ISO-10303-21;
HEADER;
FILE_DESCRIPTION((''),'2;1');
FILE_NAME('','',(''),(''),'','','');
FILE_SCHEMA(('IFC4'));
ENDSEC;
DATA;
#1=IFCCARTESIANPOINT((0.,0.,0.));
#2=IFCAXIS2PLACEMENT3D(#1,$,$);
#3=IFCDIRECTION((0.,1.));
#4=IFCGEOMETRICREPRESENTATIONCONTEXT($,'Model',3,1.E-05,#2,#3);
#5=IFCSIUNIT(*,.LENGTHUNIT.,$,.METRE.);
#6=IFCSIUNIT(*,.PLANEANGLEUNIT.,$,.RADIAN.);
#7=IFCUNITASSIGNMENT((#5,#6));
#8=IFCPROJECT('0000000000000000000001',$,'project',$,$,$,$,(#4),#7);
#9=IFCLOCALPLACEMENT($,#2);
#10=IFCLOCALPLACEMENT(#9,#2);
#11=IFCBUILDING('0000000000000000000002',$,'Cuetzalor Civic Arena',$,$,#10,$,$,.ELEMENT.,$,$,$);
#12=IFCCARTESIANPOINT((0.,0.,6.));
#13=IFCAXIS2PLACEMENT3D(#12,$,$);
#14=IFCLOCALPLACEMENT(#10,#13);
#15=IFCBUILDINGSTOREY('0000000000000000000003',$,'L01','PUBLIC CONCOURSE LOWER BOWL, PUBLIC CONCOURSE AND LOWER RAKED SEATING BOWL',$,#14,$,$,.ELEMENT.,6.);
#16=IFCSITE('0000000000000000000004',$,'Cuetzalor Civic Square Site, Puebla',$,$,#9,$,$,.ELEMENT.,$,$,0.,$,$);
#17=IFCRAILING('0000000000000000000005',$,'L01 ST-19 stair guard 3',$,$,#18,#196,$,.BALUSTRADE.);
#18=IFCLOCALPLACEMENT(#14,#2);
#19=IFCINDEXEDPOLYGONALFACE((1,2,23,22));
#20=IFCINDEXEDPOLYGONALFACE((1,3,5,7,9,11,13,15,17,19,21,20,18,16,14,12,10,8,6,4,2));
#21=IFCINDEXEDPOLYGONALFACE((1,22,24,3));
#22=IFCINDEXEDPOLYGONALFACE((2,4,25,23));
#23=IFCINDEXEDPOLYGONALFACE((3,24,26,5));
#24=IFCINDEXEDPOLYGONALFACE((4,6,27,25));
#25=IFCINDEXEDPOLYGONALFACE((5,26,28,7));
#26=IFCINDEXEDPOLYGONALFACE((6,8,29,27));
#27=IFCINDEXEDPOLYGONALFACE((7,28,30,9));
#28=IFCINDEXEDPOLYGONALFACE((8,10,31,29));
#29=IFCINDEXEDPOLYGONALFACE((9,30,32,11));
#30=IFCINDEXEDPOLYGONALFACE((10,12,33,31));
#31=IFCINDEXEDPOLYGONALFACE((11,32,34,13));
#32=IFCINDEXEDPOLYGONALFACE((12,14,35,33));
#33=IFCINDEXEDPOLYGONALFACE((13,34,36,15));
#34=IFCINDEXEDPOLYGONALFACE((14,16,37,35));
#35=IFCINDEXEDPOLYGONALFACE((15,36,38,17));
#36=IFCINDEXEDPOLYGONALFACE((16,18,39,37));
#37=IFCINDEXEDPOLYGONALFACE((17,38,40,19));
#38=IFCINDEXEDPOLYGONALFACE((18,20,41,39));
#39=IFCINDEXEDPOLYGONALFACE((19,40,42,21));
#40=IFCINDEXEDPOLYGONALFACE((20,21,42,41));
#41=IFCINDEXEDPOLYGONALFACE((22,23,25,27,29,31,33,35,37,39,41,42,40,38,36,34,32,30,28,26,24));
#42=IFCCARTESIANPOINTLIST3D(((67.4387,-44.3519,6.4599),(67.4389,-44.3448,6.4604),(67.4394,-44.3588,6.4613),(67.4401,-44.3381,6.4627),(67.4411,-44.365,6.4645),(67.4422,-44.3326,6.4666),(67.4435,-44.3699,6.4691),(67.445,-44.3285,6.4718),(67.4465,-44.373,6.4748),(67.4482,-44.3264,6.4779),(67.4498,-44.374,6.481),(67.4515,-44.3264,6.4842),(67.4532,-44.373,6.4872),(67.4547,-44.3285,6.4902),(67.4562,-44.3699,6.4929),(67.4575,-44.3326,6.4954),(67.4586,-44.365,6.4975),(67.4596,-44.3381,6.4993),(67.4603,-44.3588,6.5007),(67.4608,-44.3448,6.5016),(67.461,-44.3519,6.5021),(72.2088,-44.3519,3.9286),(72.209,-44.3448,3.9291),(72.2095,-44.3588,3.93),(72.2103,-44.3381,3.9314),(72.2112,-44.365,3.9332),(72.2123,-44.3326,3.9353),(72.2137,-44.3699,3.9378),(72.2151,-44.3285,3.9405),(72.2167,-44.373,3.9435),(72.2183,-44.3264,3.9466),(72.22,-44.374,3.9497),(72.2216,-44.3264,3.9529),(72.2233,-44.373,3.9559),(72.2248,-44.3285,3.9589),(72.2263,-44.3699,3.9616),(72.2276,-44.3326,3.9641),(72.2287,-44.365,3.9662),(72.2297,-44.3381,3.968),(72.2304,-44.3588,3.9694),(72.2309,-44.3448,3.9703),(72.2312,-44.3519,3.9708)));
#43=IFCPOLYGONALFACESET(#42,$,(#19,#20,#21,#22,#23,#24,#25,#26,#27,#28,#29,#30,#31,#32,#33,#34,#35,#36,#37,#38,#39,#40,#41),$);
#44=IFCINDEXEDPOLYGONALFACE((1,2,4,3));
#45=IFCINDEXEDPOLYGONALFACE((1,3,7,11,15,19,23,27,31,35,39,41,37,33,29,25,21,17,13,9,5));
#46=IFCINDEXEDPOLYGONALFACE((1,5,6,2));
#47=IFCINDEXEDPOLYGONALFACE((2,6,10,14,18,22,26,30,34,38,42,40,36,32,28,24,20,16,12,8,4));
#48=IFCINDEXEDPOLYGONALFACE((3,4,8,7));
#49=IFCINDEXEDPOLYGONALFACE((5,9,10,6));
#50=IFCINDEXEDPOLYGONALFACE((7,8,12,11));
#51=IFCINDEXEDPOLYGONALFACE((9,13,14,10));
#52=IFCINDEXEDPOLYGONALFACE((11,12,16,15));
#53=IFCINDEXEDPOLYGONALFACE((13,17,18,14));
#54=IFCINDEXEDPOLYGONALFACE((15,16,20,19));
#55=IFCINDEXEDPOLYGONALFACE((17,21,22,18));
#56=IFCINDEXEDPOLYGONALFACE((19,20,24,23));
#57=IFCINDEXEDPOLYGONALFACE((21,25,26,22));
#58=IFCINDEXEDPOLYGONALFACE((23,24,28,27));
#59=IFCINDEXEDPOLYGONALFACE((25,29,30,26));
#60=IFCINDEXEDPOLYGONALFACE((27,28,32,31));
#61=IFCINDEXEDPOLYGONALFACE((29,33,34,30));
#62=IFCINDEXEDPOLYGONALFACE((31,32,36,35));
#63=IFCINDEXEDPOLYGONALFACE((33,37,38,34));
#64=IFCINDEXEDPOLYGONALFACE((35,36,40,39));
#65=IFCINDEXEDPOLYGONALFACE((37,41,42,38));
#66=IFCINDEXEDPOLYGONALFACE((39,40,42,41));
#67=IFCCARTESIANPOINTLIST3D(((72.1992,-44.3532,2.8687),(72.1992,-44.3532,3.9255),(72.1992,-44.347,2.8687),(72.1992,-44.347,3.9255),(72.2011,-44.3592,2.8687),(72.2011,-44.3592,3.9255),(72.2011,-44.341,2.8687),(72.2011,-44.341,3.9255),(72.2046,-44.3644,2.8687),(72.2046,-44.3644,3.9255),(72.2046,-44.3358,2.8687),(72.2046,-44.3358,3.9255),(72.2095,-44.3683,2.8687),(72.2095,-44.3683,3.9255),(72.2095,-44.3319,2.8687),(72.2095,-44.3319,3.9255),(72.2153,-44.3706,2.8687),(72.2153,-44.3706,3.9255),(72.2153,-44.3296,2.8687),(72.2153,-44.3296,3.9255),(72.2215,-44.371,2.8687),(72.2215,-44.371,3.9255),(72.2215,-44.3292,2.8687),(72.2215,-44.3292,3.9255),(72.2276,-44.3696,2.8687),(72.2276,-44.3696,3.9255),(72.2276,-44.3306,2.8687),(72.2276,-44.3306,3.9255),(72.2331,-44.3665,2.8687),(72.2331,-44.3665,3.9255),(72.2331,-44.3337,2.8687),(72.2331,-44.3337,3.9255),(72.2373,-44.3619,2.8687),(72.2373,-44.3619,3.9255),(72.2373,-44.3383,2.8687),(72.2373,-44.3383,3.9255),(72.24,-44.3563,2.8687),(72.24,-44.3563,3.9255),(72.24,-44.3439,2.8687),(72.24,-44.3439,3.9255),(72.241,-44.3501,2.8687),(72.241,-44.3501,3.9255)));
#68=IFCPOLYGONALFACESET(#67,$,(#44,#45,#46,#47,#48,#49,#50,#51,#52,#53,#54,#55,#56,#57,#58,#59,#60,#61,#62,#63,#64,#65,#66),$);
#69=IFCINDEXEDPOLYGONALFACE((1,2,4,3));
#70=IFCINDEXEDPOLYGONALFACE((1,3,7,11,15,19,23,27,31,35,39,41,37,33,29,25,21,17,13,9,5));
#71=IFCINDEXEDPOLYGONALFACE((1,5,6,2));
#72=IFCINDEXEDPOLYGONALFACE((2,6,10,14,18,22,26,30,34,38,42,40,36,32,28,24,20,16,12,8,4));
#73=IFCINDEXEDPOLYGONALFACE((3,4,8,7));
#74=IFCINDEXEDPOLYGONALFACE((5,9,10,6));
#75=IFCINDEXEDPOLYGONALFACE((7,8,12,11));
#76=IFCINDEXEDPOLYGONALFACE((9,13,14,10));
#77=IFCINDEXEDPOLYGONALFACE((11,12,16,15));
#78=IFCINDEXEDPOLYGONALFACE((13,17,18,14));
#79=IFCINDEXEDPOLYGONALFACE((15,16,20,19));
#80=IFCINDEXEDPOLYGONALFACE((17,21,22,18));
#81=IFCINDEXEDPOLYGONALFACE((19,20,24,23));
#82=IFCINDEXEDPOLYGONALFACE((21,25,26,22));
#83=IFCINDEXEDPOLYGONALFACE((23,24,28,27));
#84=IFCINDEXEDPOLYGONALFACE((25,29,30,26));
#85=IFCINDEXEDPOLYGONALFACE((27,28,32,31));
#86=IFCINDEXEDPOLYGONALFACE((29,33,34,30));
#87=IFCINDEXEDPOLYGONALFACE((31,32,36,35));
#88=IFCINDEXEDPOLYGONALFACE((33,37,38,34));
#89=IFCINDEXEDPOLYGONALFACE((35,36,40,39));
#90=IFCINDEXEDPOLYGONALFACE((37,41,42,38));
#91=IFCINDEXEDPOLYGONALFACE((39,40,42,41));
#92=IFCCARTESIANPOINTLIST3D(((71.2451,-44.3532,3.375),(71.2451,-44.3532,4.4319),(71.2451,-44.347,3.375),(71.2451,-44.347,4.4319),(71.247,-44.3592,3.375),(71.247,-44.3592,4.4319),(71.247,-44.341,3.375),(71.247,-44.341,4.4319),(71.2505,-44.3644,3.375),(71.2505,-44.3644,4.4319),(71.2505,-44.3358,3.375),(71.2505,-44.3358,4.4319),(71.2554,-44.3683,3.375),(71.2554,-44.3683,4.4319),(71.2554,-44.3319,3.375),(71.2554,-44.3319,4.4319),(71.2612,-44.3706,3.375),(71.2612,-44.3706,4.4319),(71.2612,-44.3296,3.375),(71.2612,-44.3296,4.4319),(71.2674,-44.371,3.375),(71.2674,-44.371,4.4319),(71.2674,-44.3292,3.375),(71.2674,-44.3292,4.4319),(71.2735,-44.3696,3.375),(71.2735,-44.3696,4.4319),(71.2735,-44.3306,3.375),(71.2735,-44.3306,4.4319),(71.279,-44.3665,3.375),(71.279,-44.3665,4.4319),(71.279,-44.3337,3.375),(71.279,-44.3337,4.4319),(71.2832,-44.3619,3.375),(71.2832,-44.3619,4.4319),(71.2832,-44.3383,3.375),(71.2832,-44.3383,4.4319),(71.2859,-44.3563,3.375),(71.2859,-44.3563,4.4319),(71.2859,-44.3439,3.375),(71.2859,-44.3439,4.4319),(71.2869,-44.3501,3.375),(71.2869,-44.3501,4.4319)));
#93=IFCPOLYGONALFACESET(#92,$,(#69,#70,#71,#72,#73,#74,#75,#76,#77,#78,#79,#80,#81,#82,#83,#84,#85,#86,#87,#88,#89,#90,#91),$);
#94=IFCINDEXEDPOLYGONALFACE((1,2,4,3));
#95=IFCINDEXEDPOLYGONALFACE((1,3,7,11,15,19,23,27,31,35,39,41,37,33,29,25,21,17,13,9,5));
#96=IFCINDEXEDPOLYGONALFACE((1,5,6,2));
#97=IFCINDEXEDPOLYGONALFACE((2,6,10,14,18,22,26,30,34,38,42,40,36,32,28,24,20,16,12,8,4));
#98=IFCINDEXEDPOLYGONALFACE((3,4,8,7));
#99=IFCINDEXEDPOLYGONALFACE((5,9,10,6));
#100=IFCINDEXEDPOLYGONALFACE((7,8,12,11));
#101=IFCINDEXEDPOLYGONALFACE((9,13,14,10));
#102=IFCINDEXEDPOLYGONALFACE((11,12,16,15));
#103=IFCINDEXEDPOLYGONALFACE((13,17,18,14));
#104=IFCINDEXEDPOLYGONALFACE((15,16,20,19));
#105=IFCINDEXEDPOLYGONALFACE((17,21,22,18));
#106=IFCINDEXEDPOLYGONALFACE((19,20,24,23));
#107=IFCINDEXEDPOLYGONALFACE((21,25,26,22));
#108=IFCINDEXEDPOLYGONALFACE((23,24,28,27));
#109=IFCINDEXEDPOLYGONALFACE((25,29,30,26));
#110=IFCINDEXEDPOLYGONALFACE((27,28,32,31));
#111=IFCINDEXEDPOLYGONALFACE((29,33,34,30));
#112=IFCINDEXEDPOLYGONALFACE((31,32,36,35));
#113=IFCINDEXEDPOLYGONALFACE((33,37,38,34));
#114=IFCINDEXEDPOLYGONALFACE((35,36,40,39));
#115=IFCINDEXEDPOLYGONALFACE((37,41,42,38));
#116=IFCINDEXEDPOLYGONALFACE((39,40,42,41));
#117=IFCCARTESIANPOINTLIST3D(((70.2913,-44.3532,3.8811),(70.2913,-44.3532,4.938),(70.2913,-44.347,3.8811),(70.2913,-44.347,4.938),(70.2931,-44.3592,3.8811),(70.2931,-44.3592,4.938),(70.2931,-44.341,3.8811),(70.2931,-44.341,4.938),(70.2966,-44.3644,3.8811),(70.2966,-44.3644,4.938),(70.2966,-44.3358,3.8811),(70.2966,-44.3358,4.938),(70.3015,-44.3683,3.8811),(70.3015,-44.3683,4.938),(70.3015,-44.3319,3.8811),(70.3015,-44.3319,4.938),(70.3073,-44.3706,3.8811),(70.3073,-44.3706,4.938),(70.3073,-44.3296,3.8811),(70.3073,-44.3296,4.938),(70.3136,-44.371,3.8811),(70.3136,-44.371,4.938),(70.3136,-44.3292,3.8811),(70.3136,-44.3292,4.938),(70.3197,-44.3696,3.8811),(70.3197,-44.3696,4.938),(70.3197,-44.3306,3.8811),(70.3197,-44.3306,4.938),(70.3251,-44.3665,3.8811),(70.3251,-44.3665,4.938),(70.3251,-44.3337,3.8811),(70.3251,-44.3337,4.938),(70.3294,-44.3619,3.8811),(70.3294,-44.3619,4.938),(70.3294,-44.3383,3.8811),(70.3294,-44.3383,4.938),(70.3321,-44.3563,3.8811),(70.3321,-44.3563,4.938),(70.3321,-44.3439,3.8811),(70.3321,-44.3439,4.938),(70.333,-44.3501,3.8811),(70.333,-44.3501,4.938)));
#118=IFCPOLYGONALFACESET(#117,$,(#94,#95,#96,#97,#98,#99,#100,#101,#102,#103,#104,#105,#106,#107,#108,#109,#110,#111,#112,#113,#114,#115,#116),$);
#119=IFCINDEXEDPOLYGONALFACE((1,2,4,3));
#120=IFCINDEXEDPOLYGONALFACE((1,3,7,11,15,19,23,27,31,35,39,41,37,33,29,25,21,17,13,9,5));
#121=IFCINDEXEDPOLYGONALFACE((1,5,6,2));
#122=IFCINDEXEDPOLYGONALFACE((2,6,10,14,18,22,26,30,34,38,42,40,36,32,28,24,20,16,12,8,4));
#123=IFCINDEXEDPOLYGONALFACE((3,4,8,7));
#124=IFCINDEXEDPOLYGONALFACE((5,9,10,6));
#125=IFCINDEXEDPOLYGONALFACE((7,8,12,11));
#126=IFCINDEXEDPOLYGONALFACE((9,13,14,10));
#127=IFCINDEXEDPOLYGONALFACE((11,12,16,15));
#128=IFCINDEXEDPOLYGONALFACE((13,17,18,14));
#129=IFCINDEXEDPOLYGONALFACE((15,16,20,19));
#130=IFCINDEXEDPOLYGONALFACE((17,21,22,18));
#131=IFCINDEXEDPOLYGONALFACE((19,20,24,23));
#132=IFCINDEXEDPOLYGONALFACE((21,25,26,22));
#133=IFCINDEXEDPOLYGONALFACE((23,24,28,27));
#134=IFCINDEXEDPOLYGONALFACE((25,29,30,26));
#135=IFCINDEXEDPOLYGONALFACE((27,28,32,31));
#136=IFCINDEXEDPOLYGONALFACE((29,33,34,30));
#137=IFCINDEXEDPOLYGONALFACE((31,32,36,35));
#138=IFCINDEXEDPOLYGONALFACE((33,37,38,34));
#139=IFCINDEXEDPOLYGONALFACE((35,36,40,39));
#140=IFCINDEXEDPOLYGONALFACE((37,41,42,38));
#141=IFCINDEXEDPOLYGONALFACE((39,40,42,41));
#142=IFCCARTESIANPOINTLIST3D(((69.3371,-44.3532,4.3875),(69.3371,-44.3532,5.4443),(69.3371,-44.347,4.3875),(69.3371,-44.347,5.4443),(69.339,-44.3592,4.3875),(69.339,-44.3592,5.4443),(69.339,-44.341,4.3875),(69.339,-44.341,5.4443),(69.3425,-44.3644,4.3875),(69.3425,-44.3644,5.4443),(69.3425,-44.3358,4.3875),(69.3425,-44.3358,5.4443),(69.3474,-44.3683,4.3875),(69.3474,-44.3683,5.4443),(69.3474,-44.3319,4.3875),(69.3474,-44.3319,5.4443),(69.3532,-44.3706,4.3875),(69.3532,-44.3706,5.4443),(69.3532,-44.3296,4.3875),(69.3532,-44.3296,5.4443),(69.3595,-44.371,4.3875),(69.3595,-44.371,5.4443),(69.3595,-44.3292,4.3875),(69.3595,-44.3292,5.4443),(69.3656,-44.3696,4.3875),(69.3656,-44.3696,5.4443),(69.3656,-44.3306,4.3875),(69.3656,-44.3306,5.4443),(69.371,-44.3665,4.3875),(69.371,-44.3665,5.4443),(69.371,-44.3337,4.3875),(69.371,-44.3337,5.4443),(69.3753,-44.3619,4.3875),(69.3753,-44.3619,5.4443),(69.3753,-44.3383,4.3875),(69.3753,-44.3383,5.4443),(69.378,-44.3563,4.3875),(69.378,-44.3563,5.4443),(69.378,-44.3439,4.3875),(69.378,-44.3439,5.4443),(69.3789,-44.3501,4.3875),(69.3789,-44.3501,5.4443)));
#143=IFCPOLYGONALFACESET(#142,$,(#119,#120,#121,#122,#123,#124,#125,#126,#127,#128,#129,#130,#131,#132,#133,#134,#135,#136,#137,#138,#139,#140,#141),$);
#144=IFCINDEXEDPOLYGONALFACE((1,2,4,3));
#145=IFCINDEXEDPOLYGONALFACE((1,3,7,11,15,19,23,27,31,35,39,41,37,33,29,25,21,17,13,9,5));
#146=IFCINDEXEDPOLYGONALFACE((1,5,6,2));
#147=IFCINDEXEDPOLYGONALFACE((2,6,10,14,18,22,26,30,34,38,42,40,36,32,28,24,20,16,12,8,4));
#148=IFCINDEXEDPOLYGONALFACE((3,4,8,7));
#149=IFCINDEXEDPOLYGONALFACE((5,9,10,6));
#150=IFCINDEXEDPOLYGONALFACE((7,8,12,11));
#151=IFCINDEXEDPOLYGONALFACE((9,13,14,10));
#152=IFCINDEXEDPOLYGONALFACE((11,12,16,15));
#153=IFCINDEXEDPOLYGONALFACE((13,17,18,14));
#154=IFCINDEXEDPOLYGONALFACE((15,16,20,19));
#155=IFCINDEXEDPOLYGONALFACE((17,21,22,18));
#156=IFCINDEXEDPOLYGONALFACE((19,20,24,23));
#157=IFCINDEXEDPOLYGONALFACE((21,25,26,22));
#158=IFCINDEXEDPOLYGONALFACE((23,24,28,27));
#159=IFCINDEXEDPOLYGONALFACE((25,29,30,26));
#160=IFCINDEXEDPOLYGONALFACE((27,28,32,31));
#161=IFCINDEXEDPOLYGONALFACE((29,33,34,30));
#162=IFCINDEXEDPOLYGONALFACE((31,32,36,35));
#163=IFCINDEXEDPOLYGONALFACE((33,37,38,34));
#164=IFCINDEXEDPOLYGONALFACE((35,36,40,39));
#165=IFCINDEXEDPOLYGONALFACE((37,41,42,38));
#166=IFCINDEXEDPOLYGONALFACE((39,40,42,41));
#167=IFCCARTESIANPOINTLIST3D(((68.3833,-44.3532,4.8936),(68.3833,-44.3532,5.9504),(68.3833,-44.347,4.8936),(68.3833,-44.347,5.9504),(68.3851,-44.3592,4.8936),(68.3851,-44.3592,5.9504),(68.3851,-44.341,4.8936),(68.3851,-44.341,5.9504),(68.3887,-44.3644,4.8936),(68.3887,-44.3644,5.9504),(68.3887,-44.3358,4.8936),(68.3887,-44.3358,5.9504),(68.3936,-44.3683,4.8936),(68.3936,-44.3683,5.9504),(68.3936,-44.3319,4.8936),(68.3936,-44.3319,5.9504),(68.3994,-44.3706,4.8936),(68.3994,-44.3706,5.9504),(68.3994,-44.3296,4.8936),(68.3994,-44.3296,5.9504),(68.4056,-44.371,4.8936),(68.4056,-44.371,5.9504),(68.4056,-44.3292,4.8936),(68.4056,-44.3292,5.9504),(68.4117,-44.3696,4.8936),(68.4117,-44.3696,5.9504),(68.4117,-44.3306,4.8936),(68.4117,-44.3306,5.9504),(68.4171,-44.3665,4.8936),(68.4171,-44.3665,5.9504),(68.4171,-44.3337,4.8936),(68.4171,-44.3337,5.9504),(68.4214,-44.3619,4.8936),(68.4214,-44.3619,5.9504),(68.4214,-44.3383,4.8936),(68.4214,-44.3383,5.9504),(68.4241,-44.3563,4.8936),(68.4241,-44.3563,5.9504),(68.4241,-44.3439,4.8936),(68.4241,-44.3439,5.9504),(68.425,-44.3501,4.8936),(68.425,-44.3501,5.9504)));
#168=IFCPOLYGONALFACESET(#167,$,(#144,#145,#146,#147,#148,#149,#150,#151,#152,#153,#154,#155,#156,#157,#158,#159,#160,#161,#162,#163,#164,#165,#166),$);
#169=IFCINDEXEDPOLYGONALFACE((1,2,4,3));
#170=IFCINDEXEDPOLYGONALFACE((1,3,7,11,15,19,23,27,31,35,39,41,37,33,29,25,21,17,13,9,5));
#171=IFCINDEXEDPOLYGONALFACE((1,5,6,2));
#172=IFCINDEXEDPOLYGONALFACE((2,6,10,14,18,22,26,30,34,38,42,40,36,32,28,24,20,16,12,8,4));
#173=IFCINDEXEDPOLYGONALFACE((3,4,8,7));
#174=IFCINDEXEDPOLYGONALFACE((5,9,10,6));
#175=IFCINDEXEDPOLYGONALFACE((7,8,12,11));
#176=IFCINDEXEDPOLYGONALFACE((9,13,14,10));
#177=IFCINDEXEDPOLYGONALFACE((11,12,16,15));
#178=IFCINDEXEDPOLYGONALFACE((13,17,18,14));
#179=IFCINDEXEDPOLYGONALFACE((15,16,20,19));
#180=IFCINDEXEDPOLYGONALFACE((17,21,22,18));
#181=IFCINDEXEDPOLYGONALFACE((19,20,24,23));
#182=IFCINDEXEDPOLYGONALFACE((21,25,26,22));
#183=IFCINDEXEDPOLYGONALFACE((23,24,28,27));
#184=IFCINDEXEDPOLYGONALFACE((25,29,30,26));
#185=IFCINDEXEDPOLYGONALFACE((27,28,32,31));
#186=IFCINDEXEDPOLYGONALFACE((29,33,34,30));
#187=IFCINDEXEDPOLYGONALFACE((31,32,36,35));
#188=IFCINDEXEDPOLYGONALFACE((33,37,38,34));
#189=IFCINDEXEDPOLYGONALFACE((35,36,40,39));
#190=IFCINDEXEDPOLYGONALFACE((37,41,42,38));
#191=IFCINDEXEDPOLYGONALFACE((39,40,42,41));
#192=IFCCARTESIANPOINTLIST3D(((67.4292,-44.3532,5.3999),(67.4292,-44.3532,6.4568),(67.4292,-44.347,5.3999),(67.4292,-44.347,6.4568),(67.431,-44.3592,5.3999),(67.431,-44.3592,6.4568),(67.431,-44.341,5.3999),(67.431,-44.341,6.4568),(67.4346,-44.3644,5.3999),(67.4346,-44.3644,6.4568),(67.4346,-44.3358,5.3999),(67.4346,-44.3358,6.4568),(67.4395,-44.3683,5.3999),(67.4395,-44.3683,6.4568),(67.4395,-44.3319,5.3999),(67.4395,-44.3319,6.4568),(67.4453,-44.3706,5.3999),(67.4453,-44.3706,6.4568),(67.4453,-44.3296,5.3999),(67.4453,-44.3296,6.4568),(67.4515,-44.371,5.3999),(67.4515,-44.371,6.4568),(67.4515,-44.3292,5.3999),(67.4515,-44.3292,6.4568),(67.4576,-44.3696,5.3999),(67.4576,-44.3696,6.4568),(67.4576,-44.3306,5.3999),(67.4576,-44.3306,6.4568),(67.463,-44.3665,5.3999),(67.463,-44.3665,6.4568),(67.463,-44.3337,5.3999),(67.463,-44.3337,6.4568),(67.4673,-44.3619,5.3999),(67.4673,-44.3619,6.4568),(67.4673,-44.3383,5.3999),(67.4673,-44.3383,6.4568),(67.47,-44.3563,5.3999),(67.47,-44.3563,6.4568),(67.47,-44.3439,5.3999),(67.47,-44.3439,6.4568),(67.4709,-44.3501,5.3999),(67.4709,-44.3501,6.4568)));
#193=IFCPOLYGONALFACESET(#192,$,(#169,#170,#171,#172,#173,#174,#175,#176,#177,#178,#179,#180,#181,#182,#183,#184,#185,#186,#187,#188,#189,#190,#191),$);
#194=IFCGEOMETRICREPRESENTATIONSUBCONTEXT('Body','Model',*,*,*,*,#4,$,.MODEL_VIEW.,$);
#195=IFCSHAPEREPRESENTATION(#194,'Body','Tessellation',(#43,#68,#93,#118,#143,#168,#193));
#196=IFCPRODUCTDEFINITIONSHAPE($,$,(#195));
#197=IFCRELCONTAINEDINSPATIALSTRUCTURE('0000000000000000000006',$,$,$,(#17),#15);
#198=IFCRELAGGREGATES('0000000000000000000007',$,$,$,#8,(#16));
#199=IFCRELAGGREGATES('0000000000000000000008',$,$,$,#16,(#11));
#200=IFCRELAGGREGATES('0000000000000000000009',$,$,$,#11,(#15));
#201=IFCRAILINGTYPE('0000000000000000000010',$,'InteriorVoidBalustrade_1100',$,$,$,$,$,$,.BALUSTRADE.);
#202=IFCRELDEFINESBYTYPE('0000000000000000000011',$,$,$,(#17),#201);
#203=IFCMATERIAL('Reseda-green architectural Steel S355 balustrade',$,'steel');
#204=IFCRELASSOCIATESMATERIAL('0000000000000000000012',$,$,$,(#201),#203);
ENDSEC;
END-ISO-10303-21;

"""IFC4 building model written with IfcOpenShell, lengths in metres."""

from ifc_helpers import new_model, si_unit, direction, frame, origin, origin_2d, place, context, subcontext, project, spatial, circle, extrude, material, type_object, element, save


model = new_model("IFC4")

# Units and contexts
model_context = context("Model", 3, precision=1e-05, world=origin(), true_north=direction((0.0, 1.0)))
body_context = subcontext(model_context, "Body", "Model", "MODEL_VIEW")
ifc_project = project(units=[si_unit("LENGTHUNIT", "METRE"), si_unit("PLANEANGLEUNIT", "RADIAN")], contexts=[model_context])

# Site, building, storey
site_placement = place(None, origin())
site = spatial("IfcSite", under=ifc_project, at=site_placement, Name="Cuetzalor Civic Square Site, Puebla", CompositionType="ELEMENT", RefElevation=0.0)
building_placement = place(site_placement, origin())
building = spatial("IfcBuilding", under=site, at=building_placement, Name="Cuetzalor Civic Arena", CompositionType="ELEMENT")
storey_placement = place(building_placement, frame((0.0, 0.0, 6.0)))
storey = spatial("IfcBuildingStorey", under=building, at=storey_placement, Name="L01", Description="PUBLIC CONCOURSE LOWER BOWL, PUBLIC CONCOURSE AND LOWER RAKED SEATING BOWL", CompositionType="ELEMENT", Elevation=6.0)

# Railing
ifc_material_1 = material(Name="Reseda-green architectural Steel S355 balustrade", Category="steel")
railing_type_1 = type_object("IfcRailingType", Name="InteriorVoidBalustrade_1100", PredefinedType="BALUSTRADE", material=ifc_material_1)
railing_1_placement = place(storey_placement, frame((72.22, -44.3501, 2.8687)))
element("IfcRailing", 1, at=railing_1_placement, inside=storey, type_object=railing_type_1, Name="L01 ST-19 stair guard 3", PredefinedType="BALUSTRADE", context=body_context, shape_type="SweptSolid", body=[
    extrude(circle(Radius=0.0239, at=origin_2d()), frame((0.0, 0.0, 1.0811), z_axis=(-0.883332, 0.0, 0.468747), x_axis=(0.0, -1.0, 0.0)), (0.0, 0.0, 1.0), 5.4001),
    extrude(circle(Radius=0.021, at=origin_2d()), origin(), (0.0, 0.0, 1.0), 1.0569),
    extrude(circle(Radius=0.021, at=origin_2d()), frame((-0.9541, 0.0, 0.5063)), (0.0, 0.0, 1.0), 1.0569),
    extrude(circle(Radius=0.021, at=origin_2d()), frame((-1.908, 0.0, 1.0125)), (0.0, 0.0, 1.0), 1.0569),
    extrude(circle(Radius=0.021, at=origin_2d()), frame((-2.8621, 0.0, 1.5188)), (0.0, 0.0, 1.0), 1.0569),
    extrude(circle(Radius=0.021, at=origin_2d()), frame((-3.8159, 0.0, 2.0249)), (0.0, 0.0, 1.0), 1.0569),
    extrude(circle(Radius=0.021, at=origin_2d()), frame((-4.77, 0.0, 2.5312)), (0.0, 0.0, 1.0), 1.0569),
])

save(model, "model.ifc")
